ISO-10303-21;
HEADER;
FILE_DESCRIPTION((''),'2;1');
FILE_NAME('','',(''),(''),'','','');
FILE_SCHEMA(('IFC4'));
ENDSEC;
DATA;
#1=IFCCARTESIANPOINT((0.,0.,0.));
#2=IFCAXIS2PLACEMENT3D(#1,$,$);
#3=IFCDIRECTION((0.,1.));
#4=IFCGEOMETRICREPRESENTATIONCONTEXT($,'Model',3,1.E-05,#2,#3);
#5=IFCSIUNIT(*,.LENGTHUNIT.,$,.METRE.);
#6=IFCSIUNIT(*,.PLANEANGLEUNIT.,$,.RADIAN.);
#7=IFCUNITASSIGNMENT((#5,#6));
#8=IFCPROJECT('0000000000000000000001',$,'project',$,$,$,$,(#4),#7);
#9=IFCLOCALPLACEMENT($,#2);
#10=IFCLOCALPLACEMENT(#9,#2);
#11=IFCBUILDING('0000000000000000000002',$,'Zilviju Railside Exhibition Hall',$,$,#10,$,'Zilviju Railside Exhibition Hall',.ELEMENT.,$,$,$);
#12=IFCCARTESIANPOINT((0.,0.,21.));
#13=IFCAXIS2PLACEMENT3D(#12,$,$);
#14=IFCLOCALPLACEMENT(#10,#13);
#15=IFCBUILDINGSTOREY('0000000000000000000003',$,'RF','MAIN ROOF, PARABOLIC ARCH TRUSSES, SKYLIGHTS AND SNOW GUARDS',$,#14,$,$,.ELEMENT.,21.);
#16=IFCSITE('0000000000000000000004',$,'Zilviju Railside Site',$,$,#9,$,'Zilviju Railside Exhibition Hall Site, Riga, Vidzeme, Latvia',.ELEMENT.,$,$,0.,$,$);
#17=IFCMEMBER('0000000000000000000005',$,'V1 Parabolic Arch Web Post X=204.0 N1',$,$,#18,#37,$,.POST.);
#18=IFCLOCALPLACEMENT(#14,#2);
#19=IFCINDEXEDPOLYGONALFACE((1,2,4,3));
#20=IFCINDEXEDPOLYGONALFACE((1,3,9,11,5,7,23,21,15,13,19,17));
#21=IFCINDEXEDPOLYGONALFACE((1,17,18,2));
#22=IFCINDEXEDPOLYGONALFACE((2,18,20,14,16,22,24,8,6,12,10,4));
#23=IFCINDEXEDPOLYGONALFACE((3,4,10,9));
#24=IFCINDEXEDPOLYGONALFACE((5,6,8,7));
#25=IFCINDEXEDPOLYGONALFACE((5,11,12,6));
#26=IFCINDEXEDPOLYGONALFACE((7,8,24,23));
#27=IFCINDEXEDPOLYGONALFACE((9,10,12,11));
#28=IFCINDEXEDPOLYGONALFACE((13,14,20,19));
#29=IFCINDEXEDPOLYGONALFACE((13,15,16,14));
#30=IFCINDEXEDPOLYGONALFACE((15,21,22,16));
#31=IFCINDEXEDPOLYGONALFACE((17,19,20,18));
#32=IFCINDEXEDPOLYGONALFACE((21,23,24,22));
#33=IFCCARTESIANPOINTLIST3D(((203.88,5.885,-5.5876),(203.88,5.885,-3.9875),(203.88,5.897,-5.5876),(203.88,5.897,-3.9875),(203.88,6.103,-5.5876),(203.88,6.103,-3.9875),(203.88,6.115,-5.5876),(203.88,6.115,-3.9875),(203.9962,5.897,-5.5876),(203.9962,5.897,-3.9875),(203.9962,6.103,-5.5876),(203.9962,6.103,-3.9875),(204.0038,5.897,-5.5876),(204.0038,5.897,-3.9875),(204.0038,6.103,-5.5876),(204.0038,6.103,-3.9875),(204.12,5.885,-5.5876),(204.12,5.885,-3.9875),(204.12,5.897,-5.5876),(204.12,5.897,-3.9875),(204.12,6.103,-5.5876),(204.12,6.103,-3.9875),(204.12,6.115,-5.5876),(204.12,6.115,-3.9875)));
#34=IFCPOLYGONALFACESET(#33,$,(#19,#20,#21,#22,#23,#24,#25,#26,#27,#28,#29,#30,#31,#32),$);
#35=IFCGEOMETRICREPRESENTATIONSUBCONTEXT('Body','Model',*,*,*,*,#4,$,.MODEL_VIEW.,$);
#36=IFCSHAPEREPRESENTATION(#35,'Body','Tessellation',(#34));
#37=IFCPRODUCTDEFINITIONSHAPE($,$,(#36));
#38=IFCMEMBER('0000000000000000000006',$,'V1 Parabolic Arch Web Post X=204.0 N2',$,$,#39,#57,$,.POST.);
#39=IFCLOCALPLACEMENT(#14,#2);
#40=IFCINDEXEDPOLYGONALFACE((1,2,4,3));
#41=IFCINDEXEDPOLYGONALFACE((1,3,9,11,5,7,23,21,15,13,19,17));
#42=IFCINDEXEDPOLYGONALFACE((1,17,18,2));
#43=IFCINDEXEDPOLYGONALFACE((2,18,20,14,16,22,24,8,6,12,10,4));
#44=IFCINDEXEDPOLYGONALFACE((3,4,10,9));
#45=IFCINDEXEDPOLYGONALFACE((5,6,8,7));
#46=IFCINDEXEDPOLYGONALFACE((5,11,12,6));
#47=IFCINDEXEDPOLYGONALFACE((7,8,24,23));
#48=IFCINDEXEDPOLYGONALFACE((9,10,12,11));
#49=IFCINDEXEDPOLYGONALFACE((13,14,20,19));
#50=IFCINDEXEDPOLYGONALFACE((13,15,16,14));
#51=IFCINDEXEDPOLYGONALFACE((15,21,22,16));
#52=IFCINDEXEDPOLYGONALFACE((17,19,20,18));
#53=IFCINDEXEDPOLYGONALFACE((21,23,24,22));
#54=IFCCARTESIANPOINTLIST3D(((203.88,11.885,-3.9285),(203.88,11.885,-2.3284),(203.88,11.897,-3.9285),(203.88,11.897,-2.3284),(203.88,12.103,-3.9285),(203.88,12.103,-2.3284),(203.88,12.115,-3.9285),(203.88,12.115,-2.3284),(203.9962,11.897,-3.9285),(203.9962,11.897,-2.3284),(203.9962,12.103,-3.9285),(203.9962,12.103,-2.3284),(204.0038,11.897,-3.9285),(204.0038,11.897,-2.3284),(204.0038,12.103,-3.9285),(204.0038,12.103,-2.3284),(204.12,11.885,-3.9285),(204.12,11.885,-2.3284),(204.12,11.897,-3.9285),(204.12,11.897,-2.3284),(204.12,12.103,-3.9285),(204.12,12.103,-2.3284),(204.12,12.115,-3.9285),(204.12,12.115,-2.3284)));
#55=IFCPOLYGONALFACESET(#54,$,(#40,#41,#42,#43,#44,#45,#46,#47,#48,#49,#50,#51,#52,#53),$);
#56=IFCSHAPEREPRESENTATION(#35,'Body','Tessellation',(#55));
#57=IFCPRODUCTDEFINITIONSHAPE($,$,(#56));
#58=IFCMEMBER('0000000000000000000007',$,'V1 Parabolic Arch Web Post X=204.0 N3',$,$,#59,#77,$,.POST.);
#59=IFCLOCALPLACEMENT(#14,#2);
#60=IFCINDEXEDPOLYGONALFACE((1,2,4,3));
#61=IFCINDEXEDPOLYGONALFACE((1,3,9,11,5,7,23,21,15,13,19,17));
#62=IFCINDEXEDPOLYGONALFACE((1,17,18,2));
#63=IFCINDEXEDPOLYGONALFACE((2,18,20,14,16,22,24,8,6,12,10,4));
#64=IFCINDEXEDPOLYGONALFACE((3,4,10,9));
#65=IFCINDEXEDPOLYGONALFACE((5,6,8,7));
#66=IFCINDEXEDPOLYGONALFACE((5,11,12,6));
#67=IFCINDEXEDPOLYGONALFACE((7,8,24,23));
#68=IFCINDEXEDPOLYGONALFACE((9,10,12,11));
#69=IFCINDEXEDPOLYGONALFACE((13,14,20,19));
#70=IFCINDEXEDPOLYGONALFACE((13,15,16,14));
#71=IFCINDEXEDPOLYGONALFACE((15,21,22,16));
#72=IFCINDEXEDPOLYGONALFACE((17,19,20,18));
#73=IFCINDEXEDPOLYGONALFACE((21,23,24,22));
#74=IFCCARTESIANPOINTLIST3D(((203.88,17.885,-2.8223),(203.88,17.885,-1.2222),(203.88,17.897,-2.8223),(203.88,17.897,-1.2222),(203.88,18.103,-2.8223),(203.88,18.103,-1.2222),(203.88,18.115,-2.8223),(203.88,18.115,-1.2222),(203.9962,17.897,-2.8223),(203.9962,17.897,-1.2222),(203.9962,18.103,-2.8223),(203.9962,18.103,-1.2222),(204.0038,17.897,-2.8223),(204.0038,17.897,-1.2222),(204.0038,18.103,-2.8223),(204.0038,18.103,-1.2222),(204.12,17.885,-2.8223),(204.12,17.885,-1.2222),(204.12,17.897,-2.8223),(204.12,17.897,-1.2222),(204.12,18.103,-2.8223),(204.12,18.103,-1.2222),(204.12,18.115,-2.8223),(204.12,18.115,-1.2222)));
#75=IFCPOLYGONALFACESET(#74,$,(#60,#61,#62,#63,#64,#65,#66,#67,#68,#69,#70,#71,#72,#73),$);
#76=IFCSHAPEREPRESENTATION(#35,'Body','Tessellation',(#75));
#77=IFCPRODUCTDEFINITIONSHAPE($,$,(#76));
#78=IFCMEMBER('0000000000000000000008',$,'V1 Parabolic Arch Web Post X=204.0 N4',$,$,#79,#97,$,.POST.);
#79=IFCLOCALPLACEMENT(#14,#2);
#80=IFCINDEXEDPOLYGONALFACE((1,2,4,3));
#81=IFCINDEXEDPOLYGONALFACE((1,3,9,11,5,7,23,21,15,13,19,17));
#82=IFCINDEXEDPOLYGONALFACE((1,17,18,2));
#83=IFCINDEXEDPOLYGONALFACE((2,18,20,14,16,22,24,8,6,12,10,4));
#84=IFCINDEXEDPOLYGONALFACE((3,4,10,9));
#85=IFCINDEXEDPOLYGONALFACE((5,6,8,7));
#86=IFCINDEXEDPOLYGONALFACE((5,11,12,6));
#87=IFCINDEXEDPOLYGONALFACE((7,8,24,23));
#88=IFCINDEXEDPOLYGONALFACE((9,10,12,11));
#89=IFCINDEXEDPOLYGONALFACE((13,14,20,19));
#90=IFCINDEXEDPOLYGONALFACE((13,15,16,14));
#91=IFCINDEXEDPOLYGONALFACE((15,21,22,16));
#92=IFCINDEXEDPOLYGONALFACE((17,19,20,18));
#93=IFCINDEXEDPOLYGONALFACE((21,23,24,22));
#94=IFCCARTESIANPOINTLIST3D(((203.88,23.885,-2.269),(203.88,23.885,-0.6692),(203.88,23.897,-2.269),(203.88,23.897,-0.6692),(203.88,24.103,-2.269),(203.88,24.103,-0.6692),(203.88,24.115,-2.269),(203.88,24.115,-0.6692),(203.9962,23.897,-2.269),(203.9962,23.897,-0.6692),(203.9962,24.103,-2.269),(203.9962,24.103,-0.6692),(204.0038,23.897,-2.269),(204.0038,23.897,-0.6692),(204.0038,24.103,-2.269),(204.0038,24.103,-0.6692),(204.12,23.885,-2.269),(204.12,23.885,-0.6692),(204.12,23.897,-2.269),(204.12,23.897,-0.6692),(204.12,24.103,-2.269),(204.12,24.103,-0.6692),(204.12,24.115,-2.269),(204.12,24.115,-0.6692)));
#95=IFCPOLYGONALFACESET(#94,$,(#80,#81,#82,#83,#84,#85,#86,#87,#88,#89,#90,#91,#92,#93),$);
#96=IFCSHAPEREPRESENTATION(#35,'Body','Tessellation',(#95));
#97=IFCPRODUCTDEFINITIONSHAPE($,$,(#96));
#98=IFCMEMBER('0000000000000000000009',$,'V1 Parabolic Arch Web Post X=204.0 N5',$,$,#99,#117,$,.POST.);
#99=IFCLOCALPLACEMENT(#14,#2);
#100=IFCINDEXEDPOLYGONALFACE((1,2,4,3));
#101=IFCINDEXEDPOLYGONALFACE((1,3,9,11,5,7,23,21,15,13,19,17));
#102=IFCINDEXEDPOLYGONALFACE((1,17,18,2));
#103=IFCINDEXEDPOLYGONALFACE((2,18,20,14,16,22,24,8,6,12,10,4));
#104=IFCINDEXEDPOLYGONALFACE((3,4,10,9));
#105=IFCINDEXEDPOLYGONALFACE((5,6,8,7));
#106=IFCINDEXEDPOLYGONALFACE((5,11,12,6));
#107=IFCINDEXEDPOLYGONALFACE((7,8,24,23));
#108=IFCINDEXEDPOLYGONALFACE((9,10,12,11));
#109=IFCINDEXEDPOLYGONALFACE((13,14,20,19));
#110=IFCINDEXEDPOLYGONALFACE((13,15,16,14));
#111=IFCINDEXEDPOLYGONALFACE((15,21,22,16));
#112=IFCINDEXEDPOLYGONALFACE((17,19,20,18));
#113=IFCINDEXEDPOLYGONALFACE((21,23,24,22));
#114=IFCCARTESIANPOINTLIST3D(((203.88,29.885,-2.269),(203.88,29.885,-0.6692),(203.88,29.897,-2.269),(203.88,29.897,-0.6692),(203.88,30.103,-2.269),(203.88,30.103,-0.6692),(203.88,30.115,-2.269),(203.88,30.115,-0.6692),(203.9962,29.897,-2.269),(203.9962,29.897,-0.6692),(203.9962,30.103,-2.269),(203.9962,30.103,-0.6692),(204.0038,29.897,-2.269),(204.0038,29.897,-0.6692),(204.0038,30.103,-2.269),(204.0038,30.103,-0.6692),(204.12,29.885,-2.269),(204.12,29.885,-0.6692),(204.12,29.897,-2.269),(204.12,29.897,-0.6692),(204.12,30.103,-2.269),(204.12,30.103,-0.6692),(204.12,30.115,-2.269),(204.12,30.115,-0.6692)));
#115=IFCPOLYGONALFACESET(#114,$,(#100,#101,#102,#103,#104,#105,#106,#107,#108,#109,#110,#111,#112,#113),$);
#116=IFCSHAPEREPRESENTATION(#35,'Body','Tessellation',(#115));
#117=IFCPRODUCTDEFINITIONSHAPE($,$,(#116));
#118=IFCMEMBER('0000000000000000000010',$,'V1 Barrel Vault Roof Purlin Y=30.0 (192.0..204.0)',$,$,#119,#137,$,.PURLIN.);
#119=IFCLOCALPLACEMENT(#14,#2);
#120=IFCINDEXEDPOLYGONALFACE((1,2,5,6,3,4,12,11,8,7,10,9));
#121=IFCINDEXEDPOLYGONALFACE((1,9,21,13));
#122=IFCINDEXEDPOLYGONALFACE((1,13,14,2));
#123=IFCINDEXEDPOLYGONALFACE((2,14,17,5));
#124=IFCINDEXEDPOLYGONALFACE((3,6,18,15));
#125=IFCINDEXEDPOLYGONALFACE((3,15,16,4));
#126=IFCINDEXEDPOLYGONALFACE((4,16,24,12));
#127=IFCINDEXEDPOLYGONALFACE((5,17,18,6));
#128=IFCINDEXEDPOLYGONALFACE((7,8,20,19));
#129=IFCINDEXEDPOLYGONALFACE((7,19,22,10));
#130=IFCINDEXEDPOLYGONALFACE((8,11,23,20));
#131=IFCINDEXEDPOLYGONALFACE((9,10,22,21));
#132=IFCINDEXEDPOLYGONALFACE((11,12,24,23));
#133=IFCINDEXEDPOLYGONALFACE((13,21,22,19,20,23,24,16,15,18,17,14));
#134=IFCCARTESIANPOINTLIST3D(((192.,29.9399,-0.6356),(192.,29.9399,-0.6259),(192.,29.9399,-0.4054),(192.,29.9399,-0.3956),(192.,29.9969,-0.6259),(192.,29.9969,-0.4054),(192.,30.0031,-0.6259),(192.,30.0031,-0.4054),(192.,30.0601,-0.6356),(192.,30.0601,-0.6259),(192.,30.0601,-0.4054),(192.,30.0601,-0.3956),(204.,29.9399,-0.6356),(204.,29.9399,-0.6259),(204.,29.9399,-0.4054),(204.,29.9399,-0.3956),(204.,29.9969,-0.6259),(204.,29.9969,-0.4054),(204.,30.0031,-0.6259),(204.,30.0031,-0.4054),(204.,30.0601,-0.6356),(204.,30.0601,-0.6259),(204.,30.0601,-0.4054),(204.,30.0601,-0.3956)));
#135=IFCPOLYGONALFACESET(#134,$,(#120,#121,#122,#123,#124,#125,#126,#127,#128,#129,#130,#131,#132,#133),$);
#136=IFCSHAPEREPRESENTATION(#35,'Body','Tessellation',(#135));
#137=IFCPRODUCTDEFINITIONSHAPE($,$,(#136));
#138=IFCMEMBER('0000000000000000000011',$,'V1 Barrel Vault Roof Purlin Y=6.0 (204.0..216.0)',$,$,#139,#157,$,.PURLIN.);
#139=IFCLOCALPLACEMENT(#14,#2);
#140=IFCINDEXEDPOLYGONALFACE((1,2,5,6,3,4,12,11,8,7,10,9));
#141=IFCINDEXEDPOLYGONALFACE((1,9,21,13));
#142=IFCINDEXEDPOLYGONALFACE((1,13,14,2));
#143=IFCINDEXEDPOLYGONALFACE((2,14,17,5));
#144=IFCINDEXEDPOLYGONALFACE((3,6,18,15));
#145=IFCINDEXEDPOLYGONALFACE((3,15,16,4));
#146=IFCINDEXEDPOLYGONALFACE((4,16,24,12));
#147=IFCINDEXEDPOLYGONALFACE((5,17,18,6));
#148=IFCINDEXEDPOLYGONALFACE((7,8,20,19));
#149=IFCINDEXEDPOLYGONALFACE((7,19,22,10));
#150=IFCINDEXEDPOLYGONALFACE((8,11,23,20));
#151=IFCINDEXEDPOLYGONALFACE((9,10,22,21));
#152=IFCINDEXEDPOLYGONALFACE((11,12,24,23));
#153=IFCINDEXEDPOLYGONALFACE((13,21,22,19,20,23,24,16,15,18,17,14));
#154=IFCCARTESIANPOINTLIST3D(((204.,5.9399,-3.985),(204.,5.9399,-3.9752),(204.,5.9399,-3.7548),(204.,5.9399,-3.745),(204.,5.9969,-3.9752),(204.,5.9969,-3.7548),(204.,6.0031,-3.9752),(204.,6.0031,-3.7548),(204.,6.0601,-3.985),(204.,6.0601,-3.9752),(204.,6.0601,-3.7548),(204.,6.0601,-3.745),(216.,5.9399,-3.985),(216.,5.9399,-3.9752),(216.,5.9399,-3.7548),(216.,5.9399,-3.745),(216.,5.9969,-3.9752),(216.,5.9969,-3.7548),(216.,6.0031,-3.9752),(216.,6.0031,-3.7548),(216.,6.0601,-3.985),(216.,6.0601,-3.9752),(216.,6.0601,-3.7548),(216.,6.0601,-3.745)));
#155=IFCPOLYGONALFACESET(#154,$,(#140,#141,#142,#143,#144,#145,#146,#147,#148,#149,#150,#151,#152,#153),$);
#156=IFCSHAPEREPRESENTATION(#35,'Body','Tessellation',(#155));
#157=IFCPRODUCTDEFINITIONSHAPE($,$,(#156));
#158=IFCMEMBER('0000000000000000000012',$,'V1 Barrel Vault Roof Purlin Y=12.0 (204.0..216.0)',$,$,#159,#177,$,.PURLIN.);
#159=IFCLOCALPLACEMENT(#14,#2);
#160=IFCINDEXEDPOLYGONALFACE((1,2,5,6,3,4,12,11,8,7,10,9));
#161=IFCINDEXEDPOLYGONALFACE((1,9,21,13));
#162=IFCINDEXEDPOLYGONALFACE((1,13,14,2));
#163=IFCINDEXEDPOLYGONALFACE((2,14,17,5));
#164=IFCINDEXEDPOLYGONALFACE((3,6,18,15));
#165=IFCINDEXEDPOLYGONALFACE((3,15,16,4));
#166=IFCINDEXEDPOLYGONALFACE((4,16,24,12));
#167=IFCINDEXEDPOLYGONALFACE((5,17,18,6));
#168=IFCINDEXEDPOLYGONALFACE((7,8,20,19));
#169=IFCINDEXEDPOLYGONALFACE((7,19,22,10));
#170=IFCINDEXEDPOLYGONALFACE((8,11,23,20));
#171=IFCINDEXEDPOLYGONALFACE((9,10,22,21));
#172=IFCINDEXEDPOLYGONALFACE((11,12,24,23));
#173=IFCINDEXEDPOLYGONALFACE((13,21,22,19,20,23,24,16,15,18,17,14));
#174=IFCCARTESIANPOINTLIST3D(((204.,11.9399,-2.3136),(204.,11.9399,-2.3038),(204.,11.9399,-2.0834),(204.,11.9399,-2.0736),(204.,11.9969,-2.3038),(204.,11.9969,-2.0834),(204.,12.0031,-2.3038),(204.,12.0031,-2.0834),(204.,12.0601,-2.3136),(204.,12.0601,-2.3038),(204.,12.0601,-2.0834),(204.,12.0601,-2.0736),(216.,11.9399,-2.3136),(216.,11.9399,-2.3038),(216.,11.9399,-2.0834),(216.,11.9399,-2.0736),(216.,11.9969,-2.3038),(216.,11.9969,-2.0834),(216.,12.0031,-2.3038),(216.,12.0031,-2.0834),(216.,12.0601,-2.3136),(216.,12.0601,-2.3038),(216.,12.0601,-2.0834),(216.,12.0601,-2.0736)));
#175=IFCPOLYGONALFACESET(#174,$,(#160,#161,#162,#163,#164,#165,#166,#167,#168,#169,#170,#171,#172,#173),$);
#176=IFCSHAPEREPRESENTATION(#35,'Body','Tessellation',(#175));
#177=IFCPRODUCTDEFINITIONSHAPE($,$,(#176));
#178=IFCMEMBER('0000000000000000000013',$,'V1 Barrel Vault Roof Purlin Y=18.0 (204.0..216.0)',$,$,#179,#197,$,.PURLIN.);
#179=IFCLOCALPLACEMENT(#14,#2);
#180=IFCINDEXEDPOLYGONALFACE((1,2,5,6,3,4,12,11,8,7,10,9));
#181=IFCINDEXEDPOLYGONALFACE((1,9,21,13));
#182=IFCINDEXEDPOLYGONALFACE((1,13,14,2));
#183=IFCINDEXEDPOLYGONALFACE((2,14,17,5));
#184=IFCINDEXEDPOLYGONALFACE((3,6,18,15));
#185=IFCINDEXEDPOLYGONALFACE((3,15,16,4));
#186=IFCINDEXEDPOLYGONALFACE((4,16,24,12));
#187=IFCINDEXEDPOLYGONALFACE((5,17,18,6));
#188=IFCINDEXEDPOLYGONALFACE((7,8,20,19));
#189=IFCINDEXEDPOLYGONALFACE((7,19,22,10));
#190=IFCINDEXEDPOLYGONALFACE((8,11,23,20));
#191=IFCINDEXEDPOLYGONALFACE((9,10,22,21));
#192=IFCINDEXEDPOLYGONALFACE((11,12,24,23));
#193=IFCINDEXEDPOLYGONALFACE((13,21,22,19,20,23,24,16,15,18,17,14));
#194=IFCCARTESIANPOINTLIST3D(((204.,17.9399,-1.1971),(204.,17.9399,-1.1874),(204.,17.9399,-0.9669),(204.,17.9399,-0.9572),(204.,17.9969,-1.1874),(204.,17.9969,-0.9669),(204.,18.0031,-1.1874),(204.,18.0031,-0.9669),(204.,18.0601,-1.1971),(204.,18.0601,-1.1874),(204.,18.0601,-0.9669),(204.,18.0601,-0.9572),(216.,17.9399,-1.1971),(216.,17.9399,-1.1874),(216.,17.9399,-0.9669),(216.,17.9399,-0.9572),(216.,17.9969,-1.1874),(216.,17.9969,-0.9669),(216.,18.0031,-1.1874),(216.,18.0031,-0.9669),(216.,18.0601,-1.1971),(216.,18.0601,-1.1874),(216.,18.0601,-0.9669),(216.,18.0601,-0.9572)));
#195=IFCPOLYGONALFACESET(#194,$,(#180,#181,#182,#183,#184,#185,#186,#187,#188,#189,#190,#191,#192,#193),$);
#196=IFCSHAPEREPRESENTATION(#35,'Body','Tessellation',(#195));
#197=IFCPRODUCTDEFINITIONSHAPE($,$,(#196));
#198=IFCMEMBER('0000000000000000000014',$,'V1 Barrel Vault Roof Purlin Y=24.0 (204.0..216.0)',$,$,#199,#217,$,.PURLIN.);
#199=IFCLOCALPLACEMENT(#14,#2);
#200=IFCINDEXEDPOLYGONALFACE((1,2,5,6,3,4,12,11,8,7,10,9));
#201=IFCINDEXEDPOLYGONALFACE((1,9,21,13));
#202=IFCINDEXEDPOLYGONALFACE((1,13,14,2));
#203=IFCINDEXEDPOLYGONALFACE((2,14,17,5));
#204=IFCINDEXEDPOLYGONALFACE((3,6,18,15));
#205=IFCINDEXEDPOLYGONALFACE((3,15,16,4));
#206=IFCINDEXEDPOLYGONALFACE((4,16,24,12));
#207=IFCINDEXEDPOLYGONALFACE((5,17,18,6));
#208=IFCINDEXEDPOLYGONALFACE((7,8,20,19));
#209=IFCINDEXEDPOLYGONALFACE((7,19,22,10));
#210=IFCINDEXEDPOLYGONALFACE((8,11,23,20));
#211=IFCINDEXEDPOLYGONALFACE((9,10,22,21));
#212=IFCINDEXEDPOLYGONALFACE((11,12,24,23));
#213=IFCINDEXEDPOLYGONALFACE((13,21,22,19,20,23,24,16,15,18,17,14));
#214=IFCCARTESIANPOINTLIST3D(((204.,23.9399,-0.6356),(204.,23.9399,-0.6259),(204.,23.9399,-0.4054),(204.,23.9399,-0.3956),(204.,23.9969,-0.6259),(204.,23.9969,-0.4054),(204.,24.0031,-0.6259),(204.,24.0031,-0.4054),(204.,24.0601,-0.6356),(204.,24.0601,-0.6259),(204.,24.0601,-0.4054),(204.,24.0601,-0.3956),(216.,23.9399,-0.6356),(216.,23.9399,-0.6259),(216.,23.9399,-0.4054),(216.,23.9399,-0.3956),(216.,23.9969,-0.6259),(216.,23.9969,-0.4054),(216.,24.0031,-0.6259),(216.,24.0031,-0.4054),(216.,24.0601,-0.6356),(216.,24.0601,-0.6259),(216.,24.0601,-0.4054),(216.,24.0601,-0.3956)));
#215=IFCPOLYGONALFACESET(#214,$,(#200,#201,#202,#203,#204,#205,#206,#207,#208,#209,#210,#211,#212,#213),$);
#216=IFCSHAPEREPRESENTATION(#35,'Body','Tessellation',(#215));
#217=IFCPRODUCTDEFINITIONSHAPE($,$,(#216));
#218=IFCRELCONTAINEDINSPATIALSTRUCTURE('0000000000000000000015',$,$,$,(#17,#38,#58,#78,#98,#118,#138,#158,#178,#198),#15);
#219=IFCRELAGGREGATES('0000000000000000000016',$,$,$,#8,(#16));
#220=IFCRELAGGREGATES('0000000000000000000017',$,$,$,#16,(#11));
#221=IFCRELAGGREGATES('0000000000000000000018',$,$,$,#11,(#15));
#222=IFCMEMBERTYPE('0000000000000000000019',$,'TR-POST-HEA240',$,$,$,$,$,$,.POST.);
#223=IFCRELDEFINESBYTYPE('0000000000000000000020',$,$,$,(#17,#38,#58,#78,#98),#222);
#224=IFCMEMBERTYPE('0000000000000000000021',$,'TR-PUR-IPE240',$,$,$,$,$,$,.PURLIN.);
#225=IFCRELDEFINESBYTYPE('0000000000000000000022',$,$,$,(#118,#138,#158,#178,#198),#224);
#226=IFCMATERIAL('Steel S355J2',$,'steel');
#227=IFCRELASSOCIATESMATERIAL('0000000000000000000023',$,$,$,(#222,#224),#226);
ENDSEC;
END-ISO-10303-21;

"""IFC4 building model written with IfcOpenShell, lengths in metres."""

from ifc_helpers import new_model, si_unit, direction, frame, origin, origin_2d, place, context, subcontext, project, spatial, i_section, extrude, material, material_profile, profile_set, type_object, element, save


model = new_model("IFC4")

# Units and contexts
model_context = context("Model", 3, precision=1e-05, world=origin(), true_north=direction((0.0, 1.0)))
body_context = subcontext(model_context, "Body", "Model", "MODEL_VIEW")
ifc_project = project(units=[si_unit("LENGTHUNIT", "METRE"), si_unit("PLANEANGLEUNIT", "RADIAN")], contexts=[model_context])

# Site, building, storey
site_placement = place(None, origin())
site = spatial("IfcSite", under=ifc_project, at=site_placement, Name="Zilviju Railside Site", LongName="Zilviju Railside Exhibition Hall Site, Riga, Vidzeme, Latvia", CompositionType="ELEMENT", RefElevation=0.0)
building_placement = place(site_placement, origin())
building = spatial("IfcBuilding", under=site, at=building_placement, Name="Zilviju Railside Exhibition Hall", LongName="Zilviju Railside Exhibition Hall", CompositionType="ELEMENT")
storey_placement = place(building_placement, frame((0.0, 0.0, 21.0)))
storey = spatial("IfcBuildingStorey", under=building, at=storey_placement, Name="RF", Description="MAIN ROOF, PARABOLIC ARCH TRUSSES, SKYLIGHTS AND SNOW GUARDS", CompositionType="ELEMENT", Elevation=21.0)

# Members
ifc_material_1 = material(Name="Steel S355J2", Category="steel")
ifc_material_profile_1 = material_profile(ifc_material_1, i_section(OverallWidth=0.24, OverallDepth=0.23, WebThickness=0.0076, FlangeThickness=0.012, at=origin_2d()), Name="HEA 240")
ifc_profile_set_1 = profile_set([ifc_material_profile_1], Name="Steel S355J2")
member_type_1 = type_object("IfcMemberType", Name="TR-POST-HEA240", PredefinedType="POST", material=ifc_profile_set_1)
for number, where, z_axis, x_axis, name in (
    (1, (204.0, 6.0, -5.5876), (0.0, 0.0, 1.0), (1.0, 0.0, 0.0), "V1 Parabolic Arch Web Post X=204.0 N1"),
    (2, (204.0, 12.0, -3.9285), (0.0, 0.0, 1.0), (1.0, 0.0, 0.0), "V1 Parabolic Arch Web Post X=204.0 N2"),
    (3, (204.0, 18.0, -2.8223), (0.0, 0.0, 1.0), (1.0, 0.0, 0.0), "V1 Parabolic Arch Web Post X=204.0 N3"),
):
    element("IfcMember", number, at=place(storey_placement, frame(where, z_axis=z_axis, x_axis=x_axis)), inside=storey, type_object=member_type_1, Name=name, PredefinedType="POST", context=body_context, shape_type="SweptSolid", body=[
        extrude(i_section(OverallWidth=0.24, OverallDepth=0.23, WebThickness=0.0076, FlangeThickness=0.012, at=origin_2d()), origin(), (0.0, 0.0, 1.0), 1.6001),
    ])
for number, where, z_axis, x_axis, name in (
    (4, (204.0, 24.0, -2.269), (0.0, 0.0, 1.0), (1.0, 0.0, 0.0), "V1 Parabolic Arch Web Post X=204.0 N4"),
    (5, (204.0, 30.0, -2.269), (0.0, 0.0, 1.0), (1.0, 0.0, 0.0), "V1 Parabolic Arch Web Post X=204.0 N5"),
):
    element("IfcMember", number, at=place(storey_placement, frame(where, z_axis=z_axis, x_axis=x_axis)), inside=storey, type_object=member_type_1, Name=name, PredefinedType="POST", context=body_context, shape_type="SweptSolid", body=[
        extrude(i_section(OverallWidth=0.24, OverallDepth=0.23, WebThickness=0.0076, FlangeThickness=0.012, at=origin_2d()), origin(), (0.0, 0.0, 1.0), 1.5999),
    ])
ifc_material_profile_2 = material_profile(ifc_material_1, i_section(OverallWidth=0.1201, OverallDepth=0.24, WebThickness=0.0061, FlangeThickness=0.0098, at=origin_2d()), Name="IPE 240")
ifc_profile_set_2 = profile_set([ifc_material_profile_2], Name="Steel S355J2")
member_type_2 = type_object("IfcMemberType", Name="TR-PUR-IPE240", PredefinedType="PURLIN", material=ifc_profile_set_2)
for number, where, z_axis, x_axis, name in (
    (6, (192.0, 30.0, -0.5156), (1.0, 0.0, 0.0), (0.0, 1.0, 0.0), "V1 Barrel Vault Roof Purlin Y=30.0 (192.0..204.0)"),
    (7, (204.0, 6.0, -3.865), (1.0, 0.0, 0.0), (0.0, 1.0, 0.0), "V1 Barrel Vault Roof Purlin Y=6.0 (204.0..216.0)"),
    (8, (204.0, 12.0, -2.1936), (1.0, 0.0, 0.0), (0.0, 1.0, 0.0), "V1 Barrel Vault Roof Purlin Y=12.0 (204.0..216.0)"),
    (9, (204.0, 18.0, -1.0771), (1.0, 0.0, 0.0), (0.0, 1.0, 0.0), "V1 Barrel Vault Roof Purlin Y=18.0 (204.0..216.0)"),
    (10, (204.0, 24.0, -0.5156), (1.0, 0.0, 0.0), (0.0, 1.0, 0.0), "V1 Barrel Vault Roof Purlin Y=24.0 (204.0..216.0)"),
):
    element("IfcMember", number, at=place(storey_placement, frame(where, z_axis=z_axis, x_axis=x_axis)), inside=storey, type_object=member_type_2, Name=name, PredefinedType="PURLIN", context=body_context, shape_type="SweptSolid", body=[
        extrude(i_section(OverallWidth=0.1201, OverallDepth=0.24, WebThickness=0.0061, FlangeThickness=0.0098, at=origin_2d()), origin(), (0.0, 0.0, 1.0), 12.0),
    ])

save(model, "model.ifc")
